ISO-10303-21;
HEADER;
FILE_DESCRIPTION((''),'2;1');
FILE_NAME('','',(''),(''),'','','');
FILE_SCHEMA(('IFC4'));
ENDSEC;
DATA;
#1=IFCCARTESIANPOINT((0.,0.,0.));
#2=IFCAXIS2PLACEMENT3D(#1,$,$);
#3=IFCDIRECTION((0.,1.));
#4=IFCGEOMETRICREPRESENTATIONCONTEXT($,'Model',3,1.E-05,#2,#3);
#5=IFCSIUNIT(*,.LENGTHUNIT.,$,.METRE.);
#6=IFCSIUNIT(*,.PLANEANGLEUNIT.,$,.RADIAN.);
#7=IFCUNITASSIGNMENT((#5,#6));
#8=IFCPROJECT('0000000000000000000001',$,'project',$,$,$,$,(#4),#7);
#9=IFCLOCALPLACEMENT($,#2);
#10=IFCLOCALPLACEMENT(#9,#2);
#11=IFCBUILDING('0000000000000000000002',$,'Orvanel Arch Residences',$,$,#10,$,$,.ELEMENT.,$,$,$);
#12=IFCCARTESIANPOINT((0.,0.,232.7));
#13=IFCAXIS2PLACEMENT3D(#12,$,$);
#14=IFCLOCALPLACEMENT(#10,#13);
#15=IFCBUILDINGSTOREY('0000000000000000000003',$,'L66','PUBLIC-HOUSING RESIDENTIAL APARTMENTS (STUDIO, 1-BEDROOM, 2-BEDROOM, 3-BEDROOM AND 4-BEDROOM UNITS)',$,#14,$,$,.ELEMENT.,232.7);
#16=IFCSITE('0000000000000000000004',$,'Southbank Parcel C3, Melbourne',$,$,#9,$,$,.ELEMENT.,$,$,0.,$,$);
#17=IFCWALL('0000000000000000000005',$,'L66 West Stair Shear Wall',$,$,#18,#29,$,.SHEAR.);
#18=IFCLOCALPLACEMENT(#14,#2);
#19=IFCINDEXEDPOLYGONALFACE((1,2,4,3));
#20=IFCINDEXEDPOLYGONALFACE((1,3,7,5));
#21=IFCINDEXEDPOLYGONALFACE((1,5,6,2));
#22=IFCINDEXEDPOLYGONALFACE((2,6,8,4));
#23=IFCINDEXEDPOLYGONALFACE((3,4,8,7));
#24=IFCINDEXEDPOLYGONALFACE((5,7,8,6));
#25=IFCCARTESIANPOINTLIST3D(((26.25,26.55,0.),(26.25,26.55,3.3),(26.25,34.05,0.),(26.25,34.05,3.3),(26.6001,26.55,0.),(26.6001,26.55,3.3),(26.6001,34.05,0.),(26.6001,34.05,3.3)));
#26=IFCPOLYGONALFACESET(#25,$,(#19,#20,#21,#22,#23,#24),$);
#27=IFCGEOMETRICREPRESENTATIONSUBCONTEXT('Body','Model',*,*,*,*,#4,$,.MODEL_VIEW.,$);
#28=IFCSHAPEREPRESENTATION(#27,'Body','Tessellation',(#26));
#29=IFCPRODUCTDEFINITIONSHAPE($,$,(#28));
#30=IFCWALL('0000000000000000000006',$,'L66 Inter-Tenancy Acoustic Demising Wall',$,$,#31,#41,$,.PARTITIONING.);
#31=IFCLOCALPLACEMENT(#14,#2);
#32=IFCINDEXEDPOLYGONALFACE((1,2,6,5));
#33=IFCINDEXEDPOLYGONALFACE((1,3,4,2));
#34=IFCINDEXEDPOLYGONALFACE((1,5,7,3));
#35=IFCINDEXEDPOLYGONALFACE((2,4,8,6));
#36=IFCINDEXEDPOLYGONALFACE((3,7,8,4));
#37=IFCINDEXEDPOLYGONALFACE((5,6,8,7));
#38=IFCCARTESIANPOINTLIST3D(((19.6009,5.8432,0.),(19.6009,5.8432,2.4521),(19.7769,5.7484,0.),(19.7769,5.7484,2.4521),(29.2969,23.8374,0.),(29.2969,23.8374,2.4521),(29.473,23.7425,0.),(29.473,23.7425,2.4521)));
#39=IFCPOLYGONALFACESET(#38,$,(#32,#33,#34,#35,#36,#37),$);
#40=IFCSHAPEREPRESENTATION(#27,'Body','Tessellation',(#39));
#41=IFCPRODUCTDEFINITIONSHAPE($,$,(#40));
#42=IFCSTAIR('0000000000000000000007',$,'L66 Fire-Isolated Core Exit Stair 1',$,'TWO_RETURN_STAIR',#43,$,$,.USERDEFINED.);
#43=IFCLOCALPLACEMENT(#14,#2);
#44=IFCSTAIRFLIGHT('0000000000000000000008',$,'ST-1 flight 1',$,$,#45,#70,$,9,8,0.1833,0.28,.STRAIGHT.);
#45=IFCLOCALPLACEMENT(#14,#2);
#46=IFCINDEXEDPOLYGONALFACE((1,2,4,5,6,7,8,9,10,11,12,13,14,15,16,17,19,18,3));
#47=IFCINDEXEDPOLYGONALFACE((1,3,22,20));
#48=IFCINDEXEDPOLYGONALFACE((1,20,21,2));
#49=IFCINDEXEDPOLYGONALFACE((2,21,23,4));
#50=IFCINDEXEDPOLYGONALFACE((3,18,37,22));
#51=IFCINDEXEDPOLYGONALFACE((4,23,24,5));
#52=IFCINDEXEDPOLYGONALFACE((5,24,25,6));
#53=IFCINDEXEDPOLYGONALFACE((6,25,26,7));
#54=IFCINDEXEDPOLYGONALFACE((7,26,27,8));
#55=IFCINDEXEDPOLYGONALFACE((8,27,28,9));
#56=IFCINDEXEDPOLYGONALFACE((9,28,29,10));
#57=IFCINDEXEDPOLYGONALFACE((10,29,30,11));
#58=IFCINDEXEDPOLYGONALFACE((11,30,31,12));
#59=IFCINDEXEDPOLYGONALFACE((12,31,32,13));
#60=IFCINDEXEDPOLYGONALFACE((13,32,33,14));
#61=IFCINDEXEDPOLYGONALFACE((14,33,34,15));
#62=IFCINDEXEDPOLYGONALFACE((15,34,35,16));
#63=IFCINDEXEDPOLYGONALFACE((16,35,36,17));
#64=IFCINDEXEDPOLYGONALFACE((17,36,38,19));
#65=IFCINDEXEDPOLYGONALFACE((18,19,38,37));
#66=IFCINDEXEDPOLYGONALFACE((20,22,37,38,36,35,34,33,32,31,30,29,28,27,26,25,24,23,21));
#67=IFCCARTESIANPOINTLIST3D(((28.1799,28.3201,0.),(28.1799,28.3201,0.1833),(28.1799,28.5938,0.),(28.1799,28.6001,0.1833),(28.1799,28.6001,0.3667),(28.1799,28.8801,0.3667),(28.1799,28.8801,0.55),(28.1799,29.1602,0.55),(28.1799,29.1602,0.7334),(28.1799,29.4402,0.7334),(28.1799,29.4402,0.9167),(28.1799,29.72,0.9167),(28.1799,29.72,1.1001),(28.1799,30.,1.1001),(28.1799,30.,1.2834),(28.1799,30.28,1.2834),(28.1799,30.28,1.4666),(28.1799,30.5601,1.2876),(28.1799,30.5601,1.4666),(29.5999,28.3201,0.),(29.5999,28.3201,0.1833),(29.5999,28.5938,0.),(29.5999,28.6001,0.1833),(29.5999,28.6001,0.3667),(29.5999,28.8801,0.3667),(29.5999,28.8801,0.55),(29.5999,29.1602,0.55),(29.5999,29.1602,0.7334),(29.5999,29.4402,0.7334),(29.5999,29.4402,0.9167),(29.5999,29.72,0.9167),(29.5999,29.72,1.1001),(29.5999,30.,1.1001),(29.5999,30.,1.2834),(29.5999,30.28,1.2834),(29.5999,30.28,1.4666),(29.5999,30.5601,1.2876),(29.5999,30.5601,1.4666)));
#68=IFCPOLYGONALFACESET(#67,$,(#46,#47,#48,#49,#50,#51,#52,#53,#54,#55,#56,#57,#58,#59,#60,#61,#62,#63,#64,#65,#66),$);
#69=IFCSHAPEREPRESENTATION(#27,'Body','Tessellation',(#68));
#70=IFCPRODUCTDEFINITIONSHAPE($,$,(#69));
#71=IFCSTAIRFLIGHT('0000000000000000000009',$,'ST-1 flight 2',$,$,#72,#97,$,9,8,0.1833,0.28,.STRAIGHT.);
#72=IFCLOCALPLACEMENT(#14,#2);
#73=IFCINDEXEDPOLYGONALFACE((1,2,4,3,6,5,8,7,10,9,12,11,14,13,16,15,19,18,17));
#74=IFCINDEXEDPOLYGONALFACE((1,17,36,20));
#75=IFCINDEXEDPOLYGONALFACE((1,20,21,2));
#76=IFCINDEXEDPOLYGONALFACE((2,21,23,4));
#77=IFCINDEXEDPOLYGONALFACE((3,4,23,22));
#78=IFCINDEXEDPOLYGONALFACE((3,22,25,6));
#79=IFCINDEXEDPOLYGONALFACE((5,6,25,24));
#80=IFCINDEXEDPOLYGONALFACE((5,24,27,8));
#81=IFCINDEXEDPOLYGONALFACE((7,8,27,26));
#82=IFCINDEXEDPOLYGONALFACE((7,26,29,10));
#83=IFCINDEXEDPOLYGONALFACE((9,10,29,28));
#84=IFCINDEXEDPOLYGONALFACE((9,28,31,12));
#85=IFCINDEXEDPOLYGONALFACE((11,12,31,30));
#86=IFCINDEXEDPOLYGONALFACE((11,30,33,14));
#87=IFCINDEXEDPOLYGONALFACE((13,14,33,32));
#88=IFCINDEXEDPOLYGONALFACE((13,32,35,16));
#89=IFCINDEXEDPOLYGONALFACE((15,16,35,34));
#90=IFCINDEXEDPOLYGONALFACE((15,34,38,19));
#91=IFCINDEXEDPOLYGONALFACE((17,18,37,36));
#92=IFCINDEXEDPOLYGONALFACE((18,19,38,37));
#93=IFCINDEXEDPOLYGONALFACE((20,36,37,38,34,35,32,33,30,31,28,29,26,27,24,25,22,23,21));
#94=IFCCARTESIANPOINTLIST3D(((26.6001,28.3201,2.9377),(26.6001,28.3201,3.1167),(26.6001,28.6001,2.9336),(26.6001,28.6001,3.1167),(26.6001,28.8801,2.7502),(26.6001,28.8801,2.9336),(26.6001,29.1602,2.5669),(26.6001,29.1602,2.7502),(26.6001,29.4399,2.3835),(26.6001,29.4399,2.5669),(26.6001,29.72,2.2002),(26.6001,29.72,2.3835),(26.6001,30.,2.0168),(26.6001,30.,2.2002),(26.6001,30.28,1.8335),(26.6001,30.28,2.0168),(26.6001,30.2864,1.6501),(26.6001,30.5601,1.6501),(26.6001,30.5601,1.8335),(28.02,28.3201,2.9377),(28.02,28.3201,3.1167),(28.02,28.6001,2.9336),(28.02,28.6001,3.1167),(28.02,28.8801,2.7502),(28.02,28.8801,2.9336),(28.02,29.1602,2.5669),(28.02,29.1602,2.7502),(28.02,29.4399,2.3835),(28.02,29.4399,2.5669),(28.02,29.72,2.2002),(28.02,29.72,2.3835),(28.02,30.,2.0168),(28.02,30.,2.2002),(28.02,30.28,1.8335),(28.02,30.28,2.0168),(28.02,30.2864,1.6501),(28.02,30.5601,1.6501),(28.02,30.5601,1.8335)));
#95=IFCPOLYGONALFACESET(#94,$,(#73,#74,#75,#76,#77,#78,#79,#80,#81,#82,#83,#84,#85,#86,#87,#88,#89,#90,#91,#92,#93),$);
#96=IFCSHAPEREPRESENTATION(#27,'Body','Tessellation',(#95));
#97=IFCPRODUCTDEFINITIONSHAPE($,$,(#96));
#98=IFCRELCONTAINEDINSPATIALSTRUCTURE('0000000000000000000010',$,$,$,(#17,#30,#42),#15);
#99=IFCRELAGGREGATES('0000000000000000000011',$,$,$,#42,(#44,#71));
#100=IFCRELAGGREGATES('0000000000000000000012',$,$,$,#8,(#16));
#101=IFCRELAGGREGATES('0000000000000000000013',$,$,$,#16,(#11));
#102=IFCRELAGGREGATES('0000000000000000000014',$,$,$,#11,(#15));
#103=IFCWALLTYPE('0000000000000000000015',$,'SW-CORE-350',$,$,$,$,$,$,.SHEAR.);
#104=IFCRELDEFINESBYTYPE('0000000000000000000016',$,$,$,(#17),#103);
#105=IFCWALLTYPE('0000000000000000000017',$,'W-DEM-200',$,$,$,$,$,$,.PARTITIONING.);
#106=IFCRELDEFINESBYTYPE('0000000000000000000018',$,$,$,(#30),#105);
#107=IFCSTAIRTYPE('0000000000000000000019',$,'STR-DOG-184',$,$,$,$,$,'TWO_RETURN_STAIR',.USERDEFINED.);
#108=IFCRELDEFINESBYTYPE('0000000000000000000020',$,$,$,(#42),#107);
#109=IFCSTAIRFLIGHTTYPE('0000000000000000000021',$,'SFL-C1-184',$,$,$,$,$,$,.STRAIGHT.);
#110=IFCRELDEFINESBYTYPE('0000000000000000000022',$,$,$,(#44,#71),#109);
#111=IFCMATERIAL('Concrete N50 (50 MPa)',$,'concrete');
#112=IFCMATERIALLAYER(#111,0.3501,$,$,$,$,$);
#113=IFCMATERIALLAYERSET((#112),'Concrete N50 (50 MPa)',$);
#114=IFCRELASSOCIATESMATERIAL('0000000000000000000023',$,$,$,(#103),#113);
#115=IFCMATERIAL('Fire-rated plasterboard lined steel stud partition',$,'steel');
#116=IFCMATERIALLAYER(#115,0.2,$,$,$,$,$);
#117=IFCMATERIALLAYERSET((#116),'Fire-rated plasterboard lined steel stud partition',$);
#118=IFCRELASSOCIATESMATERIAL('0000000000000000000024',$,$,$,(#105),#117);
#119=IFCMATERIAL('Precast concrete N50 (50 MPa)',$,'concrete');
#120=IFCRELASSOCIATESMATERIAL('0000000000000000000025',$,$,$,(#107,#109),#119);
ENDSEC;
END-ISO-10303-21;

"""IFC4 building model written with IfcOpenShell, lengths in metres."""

from ifc_helpers import new_model, si_unit, direction, frame, frame_2d, origin, place, context, subcontext, project, spatial, polyline, rectangle, outline, extrude, material, layer, layer_set, type_object, element, aggregate, save


model = new_model("IFC4")

# Units and contexts
model_context = context("Model", 3, precision=1e-05, world=origin(), true_north=direction((0.0, 1.0)))
body_context = subcontext(model_context, "Body", "Model", "MODEL_VIEW")
ifc_project = project(units=[si_unit("LENGTHUNIT", "METRE"), si_unit("PLANEANGLEUNIT", "RADIAN")], contexts=[model_context])

# Site, building, storey
site_placement = place(None, origin())
site = spatial("IfcSite", under=ifc_project, at=site_placement, Name="Southbank Parcel C3, Melbourne", CompositionType="ELEMENT", RefElevation=0.0)
building_placement = place(site_placement, origin())
building = spatial("IfcBuilding", under=site, at=building_placement, Name="Orvanel Arch Residences", CompositionType="ELEMENT")
storey_placement = place(building_placement, frame((0.0, 0.0, 232.7)))
storey = spatial("IfcBuildingStorey", under=building, at=storey_placement, Name="L66", Description="PUBLIC-HOUSING RESIDENTIAL APARTMENTS (STUDIO, 1-BEDROOM, 2-BEDROOM, 3-BEDROOM AND 4-BEDROOM UNITS)", CompositionType="ELEMENT", Elevation=232.7)

# Shared definitions
ifc_material_1 = material(Name="Concrete N50 (50 MPa)", Category="concrete")

# Walls
ifc_layer_1 = layer(ifc_material_1, 0.3501)
ifc_layer_set_1 = layer_set([ifc_layer_1], Name="Concrete N50 (50 MPa)")
wall_type_1 = type_object("IfcWallType", Name="SW-CORE-350", PredefinedType="SHEAR", material=ifc_layer_set_1)
wall_1_placement = place(storey_placement, frame((26.425, 26.55, 0.0), z_axis=(0.0, 0.0, 1.0), x_axis=(0.0, 1.0, 0.0)))
element("IfcWall", 1, at=wall_1_placement, inside=storey, type_object=wall_type_1, Name="L66 West Stair Shear Wall", PredefinedType="SHEAR", context=body_context, shape_type="SweptSolid", body=[
    extrude(rectangle(XDim=7.5, YDim=0.3501, at=frame_2d((3.75, 0.0))), origin(), (0.0, 0.0, 1.0), 3.3),
])
ifc_material_2 = material(Name="Fire-rated plasterboard lined steel stud partition", Category="steel")
ifc_layer_2 = layer(ifc_material_2, 0.2)
ifc_layer_set_2 = layer_set([ifc_layer_2], Name="Fire-rated plasterboard lined steel stud partition")
wall_type_2 = type_object("IfcWallType", Name="W-DEM-200", PredefinedType="PARTITIONING", material=ifc_layer_set_2)
wall_2_placement = place(storey_placement, frame((29.385, 23.79, 0.0), z_axis=(0.0, 0.0, 1.0), x_axis=(-0.474361, -0.88033, 0.0)))
element("IfcWall", 2, at=wall_2_placement, inside=storey, type_object=wall_type_2, Name="L66 Inter-Tenancy Acoustic Demising Wall", PredefinedType="PARTITIONING", context=body_context, shape_type="SweptSolid", body=[
    extrude(rectangle(XDim=20.4402, YDim=0.2, at=frame_2d((10.2202, 0.0))), origin(), (0.0, 0.0, 1.0), 2.4521),
])

# Stair, stair flights
ifc_material_3 = material(Name="Precast concrete N50 (50 MPa)", Category="concrete")
stair_type = type_object("IfcStairType", Name="STR-DOG-184", ElementType="TWO_RETURN_STAIR", PredefinedType="USERDEFINED", material=ifc_material_3)
stair_placement = place(storey_placement, origin())
stair = element("IfcStair", 3, at=stair_placement, inside=storey, type_object=stair_type, Name="L66 Fire-Isolated Core Exit Stair 1", ObjectType="TWO_RETURN_STAIR", PredefinedType="USERDEFINED")
stair_flight_type = type_object("IfcStairFlightType", Name="SFL-C1-184", PredefinedType="STRAIGHT", material=ifc_material_3)
stair_flight_1_placement = place(storey_placement, frame((28.8899, 28.3201, 0.0), z_axis=(0.0, 0.0, 1.0), x_axis=(0.0, 1.0, 0.0)))
stair_flight_1 = element("IfcStairFlight", 4, at=stair_flight_1_placement, type_object=stair_flight_type, Name="ST-1 flight 1", NumberOfRisers=9, NumberOfTreads=8, PredefinedType="STRAIGHT", RiserHeight=0.1833, TreadLength=0.28, context=body_context, shape_type="SweptSolid", body=[
    extrude(outline(polyline([(0.0, 0.0), (0.0, 0.1833), (0.28, 0.1833), (0.28, 0.3667), (0.5601, 0.3667), (0.5601, 0.55), (0.8401, 0.55), (0.8401, 0.7334), (1.1201, 0.7334), (1.1201, 0.9167), (1.3999, 0.9167), (1.3999, 1.1001), (1.6799, 1.1001), (1.6799, 1.2834), (1.96, 1.2834), (1.96, 1.4666), (2.24, 1.4666), (2.24, 1.6499), (2.24, 1.2876), (0.2737, 0.0), (0.0, 0.0)])), frame((0.0, 0.71, 0.0), z_axis=(0.0, -1.0, 0.0), x_axis=(1.0, 0.0, 0.0)), (0.0, 0.0, 1.0), 1.4199),
])
stair_flight_2_placement = place(storey_placement, frame((27.3101, 30.5601, 1.6501), z_axis=(0.0, 0.0, 1.0), x_axis=(0.0, -1.0, 0.0)))
stair_flight_2 = element("IfcStairFlight", 5, at=stair_flight_2_placement, type_object=stair_flight_type, Name="ST-1 flight 2", NumberOfRisers=9, NumberOfTreads=8, PredefinedType="STRAIGHT", RiserHeight=0.1833, TreadLength=0.28, context=body_context, shape_type="SweptSolid", body=[
    extrude(outline(polyline([(0.0, 0.0), (0.0, 0.1833), (0.28, 0.1833), (0.28, 0.3667), (0.5601, 0.3667), (0.5601, 0.55), (0.8401, 0.55), (0.8401, 0.7334), (1.1201, 0.7334), (1.1201, 0.9167), (1.3999, 0.9167), (1.3999, 1.1001), (1.6799, 1.1001), (1.6799, 1.2834), (1.96, 1.2834), (1.96, 1.4666), (2.24, 1.4666), (2.24, 1.6499), (2.24, 1.2876), (0.2737, 0.0), (0.0, 0.0)])), frame((0.0, 0.71, 0.0), z_axis=(0.0, -1.0, 0.0), x_axis=(1.0, 0.0, 0.0)), (0.0, 0.0, 1.0), 1.4199),
])
aggregate(stair, [stair_flight_1, stair_flight_2])

save(model, "model.ifc")
